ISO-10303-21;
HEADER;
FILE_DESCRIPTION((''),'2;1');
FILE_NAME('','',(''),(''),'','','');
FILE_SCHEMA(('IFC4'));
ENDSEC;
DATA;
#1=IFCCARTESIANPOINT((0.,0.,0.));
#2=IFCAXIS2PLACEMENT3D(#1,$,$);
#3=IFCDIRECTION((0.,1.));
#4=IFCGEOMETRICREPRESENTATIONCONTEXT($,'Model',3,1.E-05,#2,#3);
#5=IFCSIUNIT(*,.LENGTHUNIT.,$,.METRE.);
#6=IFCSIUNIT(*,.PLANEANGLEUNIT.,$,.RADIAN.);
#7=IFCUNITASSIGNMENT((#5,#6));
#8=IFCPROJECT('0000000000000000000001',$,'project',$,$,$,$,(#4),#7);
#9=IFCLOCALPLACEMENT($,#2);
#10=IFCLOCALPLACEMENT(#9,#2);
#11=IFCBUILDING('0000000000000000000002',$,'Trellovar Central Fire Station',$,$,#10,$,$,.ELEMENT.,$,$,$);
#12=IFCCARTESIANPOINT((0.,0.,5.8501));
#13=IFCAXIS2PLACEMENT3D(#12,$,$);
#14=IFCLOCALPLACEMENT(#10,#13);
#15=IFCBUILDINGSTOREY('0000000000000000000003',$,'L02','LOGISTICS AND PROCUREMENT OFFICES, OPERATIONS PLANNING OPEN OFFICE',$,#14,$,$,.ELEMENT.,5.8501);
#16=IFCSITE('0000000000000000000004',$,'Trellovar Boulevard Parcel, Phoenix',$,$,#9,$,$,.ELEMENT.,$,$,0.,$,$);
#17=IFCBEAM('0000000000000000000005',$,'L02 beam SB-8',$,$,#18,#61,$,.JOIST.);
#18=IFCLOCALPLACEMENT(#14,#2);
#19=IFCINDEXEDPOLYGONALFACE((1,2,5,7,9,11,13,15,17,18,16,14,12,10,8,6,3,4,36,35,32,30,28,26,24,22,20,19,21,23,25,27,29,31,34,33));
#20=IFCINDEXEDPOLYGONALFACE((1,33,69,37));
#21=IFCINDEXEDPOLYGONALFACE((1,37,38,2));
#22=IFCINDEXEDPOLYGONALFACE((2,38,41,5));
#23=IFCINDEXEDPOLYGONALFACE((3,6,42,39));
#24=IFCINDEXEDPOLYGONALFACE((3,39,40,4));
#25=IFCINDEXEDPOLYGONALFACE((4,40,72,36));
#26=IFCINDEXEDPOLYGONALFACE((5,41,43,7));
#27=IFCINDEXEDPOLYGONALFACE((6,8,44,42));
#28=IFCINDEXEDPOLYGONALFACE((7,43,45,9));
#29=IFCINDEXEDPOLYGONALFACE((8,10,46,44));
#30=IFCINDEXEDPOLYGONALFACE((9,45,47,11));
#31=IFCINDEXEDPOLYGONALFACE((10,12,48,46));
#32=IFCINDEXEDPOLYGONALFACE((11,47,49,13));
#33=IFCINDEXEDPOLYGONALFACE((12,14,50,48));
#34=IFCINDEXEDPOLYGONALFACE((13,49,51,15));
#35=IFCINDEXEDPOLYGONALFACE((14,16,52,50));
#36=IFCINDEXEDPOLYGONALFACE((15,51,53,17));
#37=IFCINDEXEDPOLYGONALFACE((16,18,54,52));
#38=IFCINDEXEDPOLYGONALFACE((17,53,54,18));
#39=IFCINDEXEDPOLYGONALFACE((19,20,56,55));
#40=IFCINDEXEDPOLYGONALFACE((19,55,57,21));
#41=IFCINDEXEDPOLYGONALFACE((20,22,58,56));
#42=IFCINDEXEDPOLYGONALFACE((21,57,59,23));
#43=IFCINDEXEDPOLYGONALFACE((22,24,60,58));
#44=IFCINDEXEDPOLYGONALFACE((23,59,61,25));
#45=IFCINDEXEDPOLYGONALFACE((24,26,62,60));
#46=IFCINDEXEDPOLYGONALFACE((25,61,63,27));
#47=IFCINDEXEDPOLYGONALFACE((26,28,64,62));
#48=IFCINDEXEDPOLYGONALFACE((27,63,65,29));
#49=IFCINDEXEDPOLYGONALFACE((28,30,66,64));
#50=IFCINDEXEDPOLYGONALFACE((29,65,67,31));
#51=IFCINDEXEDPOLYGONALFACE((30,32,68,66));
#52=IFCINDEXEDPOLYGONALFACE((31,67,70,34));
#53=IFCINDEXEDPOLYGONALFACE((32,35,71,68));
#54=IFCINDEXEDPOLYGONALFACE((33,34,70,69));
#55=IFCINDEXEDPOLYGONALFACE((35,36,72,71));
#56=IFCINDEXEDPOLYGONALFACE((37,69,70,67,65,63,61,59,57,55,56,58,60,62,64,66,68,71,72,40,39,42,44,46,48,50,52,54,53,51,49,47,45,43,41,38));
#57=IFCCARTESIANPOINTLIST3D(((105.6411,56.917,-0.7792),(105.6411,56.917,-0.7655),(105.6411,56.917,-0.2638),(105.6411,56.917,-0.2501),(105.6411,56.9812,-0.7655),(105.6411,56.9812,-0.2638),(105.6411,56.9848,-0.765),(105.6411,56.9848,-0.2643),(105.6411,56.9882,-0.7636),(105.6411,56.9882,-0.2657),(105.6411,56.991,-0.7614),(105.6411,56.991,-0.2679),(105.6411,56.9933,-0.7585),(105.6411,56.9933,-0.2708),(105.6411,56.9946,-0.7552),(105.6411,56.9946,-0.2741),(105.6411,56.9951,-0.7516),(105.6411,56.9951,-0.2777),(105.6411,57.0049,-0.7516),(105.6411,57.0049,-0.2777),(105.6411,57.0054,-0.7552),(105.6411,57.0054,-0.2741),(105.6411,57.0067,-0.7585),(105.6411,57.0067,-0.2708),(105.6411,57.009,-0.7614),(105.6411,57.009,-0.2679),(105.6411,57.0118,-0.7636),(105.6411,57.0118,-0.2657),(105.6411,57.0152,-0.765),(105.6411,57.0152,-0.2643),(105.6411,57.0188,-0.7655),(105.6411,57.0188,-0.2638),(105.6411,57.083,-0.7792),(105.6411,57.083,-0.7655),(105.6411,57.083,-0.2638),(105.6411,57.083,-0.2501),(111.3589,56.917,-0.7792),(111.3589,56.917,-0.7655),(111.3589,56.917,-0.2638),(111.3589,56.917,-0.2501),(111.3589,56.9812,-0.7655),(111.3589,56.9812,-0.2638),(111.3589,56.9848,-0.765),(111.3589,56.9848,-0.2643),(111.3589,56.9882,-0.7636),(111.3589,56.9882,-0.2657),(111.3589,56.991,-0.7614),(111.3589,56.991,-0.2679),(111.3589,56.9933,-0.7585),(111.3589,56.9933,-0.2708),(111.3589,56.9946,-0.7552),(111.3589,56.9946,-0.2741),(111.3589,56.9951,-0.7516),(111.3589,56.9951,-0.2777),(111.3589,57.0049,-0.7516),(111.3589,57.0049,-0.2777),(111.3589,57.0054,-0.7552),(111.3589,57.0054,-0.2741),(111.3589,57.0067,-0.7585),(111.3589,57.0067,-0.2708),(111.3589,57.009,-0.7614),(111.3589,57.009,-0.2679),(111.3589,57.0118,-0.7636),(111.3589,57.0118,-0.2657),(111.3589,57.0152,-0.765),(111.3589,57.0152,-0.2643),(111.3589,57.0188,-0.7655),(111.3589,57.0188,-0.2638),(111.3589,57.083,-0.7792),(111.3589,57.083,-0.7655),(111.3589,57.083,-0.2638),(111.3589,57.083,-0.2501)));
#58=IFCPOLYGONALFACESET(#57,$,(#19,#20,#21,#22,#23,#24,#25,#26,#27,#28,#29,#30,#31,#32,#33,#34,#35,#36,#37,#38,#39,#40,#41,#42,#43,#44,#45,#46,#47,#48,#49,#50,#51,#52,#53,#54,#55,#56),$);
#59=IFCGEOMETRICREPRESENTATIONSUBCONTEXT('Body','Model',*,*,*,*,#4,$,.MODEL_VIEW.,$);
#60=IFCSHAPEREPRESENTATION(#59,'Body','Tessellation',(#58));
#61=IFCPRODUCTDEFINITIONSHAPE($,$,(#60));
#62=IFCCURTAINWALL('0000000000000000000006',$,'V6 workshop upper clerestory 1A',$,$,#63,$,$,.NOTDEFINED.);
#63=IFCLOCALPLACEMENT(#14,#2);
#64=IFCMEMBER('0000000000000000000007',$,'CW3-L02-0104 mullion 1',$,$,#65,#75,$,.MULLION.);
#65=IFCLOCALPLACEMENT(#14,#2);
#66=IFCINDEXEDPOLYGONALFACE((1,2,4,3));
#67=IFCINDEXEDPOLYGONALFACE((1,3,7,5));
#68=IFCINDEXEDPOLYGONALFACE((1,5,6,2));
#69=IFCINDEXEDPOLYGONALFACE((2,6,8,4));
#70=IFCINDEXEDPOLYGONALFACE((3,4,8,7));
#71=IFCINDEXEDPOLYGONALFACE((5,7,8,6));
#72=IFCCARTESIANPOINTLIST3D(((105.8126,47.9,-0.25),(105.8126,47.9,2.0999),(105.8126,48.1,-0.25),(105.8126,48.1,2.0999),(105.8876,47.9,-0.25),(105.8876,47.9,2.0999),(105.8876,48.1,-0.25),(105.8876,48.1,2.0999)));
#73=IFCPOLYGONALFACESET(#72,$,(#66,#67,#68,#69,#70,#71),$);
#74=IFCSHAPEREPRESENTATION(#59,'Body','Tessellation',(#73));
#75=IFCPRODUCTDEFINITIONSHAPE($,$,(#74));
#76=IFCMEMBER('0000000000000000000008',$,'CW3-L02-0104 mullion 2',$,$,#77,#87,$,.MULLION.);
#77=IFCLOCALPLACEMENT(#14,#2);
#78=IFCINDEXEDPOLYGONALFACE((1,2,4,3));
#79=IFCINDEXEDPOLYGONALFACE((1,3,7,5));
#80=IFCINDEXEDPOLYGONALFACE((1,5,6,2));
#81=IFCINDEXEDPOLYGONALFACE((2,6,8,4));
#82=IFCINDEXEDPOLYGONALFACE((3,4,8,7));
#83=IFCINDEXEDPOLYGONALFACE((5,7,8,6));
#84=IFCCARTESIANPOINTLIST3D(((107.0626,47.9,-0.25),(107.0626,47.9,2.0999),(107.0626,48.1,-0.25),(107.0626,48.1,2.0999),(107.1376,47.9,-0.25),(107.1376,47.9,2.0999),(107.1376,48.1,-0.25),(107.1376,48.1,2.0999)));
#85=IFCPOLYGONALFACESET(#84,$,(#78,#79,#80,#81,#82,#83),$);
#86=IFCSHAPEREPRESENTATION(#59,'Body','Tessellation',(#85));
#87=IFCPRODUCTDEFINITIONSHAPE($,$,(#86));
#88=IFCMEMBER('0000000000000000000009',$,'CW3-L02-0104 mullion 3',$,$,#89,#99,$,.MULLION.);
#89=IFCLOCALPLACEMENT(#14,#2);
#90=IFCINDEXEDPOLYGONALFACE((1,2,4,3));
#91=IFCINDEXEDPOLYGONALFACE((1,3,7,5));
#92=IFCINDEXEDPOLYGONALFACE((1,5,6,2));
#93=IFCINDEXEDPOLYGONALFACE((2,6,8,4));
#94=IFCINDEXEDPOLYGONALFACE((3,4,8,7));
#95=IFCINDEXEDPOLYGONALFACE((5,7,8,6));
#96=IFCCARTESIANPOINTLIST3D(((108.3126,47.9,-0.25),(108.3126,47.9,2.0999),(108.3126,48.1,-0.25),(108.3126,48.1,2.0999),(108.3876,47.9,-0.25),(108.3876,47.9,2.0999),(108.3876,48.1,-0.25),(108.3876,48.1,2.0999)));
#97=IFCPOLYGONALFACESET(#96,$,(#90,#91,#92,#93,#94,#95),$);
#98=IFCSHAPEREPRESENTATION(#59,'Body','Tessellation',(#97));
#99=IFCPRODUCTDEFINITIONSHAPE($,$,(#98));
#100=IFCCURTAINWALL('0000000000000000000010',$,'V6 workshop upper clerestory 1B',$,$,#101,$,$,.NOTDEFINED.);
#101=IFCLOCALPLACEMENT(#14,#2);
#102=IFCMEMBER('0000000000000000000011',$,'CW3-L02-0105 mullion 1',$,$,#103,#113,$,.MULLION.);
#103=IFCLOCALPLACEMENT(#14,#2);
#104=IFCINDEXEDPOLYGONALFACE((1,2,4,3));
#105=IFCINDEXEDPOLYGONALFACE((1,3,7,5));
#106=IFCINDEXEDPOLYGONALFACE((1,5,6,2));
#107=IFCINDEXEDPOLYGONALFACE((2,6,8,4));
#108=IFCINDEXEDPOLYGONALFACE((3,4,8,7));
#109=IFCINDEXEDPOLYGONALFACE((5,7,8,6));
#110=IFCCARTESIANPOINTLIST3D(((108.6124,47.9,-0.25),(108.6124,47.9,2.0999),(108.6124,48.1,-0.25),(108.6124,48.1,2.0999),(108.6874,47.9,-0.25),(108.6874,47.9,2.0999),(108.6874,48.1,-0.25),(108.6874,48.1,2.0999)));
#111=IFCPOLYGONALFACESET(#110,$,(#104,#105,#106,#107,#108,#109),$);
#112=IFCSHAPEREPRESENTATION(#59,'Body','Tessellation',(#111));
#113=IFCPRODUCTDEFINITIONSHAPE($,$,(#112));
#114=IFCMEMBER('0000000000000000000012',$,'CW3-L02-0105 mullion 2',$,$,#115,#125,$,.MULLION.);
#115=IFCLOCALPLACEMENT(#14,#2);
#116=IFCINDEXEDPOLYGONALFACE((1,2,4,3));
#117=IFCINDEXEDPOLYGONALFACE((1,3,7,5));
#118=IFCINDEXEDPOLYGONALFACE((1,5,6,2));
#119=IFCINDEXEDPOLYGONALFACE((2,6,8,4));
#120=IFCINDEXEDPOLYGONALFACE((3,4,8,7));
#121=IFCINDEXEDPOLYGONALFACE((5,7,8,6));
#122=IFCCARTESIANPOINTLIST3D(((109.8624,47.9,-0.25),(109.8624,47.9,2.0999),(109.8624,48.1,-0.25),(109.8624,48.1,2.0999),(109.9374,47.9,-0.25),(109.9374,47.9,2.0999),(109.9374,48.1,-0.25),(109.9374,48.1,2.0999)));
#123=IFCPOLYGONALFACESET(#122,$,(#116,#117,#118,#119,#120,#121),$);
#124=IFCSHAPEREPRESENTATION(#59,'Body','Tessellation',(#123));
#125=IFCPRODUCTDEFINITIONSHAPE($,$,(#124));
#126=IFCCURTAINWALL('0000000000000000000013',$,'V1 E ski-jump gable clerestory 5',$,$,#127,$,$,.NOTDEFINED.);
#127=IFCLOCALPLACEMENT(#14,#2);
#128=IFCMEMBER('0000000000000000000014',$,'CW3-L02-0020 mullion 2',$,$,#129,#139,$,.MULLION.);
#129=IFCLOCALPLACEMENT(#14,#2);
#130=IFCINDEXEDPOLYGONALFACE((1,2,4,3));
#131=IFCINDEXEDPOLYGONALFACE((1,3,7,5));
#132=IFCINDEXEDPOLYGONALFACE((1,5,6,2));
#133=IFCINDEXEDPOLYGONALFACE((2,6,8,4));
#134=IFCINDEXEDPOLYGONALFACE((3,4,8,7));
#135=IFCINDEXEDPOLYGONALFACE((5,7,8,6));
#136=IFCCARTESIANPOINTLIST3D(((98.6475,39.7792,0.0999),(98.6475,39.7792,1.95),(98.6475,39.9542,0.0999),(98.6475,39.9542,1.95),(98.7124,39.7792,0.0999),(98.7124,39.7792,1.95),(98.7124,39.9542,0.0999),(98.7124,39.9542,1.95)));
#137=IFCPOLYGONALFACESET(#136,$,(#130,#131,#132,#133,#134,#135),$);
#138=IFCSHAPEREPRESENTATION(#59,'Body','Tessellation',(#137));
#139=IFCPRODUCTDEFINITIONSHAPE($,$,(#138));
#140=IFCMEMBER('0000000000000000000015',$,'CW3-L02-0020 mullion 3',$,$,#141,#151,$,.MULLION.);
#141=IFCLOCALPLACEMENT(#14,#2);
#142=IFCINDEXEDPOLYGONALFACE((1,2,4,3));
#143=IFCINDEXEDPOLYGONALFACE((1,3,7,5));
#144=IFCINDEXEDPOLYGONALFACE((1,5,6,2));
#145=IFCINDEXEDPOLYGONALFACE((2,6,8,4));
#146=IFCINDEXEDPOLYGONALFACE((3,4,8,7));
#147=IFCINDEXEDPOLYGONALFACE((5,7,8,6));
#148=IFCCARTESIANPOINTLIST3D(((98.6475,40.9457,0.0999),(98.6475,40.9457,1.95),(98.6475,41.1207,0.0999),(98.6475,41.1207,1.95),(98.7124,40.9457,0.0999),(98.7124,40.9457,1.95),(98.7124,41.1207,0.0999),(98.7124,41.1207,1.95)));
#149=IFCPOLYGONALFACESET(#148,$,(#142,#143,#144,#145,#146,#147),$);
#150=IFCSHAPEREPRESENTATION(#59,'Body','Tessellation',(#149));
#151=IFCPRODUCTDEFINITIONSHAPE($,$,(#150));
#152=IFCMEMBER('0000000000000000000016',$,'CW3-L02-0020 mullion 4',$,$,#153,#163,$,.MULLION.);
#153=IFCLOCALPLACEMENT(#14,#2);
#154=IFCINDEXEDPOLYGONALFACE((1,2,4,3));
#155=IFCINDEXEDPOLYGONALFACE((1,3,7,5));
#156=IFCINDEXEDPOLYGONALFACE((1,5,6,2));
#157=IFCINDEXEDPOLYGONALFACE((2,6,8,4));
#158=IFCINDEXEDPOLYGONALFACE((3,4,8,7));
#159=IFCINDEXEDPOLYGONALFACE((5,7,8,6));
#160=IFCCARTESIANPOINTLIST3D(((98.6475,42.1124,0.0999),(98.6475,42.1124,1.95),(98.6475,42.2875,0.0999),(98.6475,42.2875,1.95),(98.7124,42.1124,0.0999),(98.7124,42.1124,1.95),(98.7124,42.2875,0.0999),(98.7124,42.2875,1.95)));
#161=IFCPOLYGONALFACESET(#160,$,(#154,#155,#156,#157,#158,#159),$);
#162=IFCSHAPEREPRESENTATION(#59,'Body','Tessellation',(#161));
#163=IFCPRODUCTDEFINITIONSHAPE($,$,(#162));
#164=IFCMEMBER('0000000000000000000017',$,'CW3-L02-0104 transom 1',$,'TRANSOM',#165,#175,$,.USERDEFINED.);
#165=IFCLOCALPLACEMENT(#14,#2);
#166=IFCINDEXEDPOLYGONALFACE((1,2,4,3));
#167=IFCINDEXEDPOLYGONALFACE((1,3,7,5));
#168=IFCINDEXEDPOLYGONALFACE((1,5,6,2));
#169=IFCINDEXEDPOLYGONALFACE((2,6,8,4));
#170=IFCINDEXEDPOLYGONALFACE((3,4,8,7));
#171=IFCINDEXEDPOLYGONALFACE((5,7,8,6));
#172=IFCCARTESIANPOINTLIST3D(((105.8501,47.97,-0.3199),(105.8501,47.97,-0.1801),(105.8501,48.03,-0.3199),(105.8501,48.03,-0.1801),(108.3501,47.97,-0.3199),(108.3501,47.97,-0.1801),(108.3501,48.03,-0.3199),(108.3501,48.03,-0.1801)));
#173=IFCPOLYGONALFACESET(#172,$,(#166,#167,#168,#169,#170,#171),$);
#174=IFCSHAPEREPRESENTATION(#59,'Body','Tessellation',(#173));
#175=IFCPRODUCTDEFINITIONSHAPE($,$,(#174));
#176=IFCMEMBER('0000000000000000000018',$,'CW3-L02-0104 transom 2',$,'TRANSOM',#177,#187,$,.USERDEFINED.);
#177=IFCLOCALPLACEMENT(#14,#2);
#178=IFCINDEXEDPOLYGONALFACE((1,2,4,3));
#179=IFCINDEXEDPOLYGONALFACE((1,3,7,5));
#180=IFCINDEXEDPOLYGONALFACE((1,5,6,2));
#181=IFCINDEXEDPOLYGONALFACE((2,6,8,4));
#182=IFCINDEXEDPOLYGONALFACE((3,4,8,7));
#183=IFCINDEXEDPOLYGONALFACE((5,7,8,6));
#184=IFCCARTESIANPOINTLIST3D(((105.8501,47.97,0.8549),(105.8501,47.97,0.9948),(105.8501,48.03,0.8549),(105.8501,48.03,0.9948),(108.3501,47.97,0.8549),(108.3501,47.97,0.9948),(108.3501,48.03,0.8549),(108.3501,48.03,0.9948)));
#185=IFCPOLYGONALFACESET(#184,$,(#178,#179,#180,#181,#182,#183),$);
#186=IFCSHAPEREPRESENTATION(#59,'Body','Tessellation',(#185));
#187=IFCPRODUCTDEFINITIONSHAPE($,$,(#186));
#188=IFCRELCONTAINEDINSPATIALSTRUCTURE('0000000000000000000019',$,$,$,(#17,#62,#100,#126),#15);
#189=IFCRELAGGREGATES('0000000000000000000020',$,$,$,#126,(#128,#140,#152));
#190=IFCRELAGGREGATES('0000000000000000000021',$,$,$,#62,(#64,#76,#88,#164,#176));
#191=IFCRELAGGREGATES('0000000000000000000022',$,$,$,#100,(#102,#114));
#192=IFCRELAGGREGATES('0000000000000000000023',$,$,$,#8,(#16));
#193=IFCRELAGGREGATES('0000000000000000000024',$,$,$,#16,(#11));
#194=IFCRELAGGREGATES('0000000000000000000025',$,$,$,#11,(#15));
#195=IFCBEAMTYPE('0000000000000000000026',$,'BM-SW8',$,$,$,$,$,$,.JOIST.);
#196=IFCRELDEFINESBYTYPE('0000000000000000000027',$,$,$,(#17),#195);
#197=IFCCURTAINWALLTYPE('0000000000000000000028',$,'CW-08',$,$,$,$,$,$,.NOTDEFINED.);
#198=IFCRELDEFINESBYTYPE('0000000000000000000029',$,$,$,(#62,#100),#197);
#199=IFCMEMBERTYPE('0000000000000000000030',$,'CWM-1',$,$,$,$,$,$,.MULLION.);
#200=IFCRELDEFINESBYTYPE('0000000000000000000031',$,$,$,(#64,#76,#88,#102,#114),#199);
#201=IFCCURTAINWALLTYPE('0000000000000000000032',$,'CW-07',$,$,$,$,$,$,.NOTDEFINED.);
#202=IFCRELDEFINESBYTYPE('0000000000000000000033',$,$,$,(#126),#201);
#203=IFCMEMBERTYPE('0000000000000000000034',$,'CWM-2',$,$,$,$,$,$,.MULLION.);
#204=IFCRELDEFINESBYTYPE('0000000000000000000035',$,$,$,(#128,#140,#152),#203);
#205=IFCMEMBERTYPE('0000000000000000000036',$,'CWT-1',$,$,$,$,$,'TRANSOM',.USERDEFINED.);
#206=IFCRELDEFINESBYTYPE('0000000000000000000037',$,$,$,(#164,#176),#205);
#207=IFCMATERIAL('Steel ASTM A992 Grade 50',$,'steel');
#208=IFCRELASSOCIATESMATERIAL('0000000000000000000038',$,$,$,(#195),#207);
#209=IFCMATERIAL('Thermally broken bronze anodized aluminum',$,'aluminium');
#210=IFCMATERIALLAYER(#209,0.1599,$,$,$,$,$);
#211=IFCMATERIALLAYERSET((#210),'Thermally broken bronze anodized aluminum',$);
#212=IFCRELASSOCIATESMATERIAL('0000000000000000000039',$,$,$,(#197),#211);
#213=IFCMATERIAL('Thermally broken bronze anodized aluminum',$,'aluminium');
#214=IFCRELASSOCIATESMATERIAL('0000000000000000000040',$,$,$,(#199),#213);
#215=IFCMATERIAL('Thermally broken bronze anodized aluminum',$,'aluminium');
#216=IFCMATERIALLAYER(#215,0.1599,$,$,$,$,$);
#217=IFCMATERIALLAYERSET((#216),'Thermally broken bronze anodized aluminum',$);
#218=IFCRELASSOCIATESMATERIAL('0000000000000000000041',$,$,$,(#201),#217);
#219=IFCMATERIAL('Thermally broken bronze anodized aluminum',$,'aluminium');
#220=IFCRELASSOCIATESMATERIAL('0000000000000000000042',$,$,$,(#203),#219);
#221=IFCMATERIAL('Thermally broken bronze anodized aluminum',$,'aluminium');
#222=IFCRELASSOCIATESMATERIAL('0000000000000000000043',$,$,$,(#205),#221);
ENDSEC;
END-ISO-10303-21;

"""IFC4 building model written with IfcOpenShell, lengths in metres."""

from ifc_helpers import new_model, si_unit, direction, frame, origin, origin_2d, place, context, subcontext, project, spatial, rectangle, i_section, extrude, material, layer, layer_set, material_profile, profile_set, type_object, element, aggregate, save


model = new_model("IFC4")

# Units and contexts
model_context = context("Model", 3, precision=1e-05, world=origin(), true_north=direction((0.0, 1.0)))
body_context = subcontext(model_context, "Body", "Model", "MODEL_VIEW")
ifc_project = project(units=[si_unit("LENGTHUNIT", "METRE"), si_unit("PLANEANGLEUNIT", "RADIAN")], contexts=[model_context])

# Site, building, storey
site_placement = place(None, origin())
site = spatial("IfcSite", under=ifc_project, at=site_placement, Name="Trellovar Boulevard Parcel, Phoenix", CompositionType="ELEMENT", RefElevation=0.0)
building_placement = place(site_placement, origin())
building = spatial("IfcBuilding", under=site, at=building_placement, Name="Trellovar Central Fire Station", CompositionType="ELEMENT")
storey_placement = place(building_placement, frame((0.0, 0.0, 5.8501)))
storey = spatial("IfcBuildingStorey", under=building, at=storey_placement, Name="L02", Description="LOGISTICS AND PROCUREMENT OFFICES, OPERATIONS PLANNING OPEN OFFICE", CompositionType="ELEMENT", Elevation=5.8501)

# Beam
ifc_material_1 = material(Name="Steel ASTM A992 Grade 50", Category="steel")
ifc_material_profile_1 = material_profile(ifc_material_1, i_section(OverallWidth=0.166, OverallDepth=0.5291, WebThickness=0.0098, FlangeThickness=0.0137, FilletRadius=0.0139, at=origin_2d()), Name="W21X50")
ifc_profile_set_1 = profile_set([ifc_material_profile_1], Name="Steel ASTM A992 Grade 50")
beam_type_1 = type_object("IfcBeamType", Name="BM-SW8", PredefinedType="JOIST", material=ifc_profile_set_1)
for number, where, z_axis, x_axis, name in (
    (1, (105.6411, 57.0, -0.5146), (1.0, 0.0, 0.0), (0.0, 1.0, 0.0), "L02 beam SB-8"),
):
    element("IfcBeam", number, at=place(storey_placement, frame(where, z_axis=z_axis, x_axis=x_axis)), inside=storey, type_object=beam_type_1, Name=name, PredefinedType="JOIST", context=body_context, shape_type="SweptSolid", body=[
        extrude(i_section(OverallWidth=0.166, OverallDepth=0.5291, WebThickness=0.0098, FlangeThickness=0.0137, FilletRadius=0.0139, at=origin_2d()), origin(), (0.0, 0.0, 1.0), 5.7178),
    ])

# Curtain walls, members
ifc_material_2 = material(Name="Thermally broken bronze anodized aluminum", Category="aluminium")
ifc_layer_1 = layer(ifc_material_2, 0.1599)
ifc_layer_set_1 = layer_set([ifc_layer_1], Name="Thermally broken bronze anodized aluminum")
curtain_wall_type_1 = type_object("IfcCurtainWallType", Name="CW-08", PredefinedType="NOTDEFINED", material=ifc_layer_set_1)
curtain_wall_1_placement = place(storey_placement, origin())
curtain_wall_1 = element("IfcCurtainWall", 2, at=curtain_wall_1_placement, inside=storey, type_object=curtain_wall_type_1, Name="V6 workshop upper clerestory 1A", PredefinedType="NOTDEFINED")
ifc_material_3 = material(Name="Thermally broken bronze anodized aluminum", Category="aluminium")
ifc_material_profile_2 = material_profile(ifc_material_3, rectangle(XDim=0.075, YDim=0.2, at=origin_2d()), Name="ALU75X200")
ifc_profile_set_2 = profile_set([ifc_material_profile_2], Name="Thermally broken bronze anodized aluminum")
member_type_1 = type_object("IfcMemberType", Name="CWM-1", PredefinedType="MULLION", material=ifc_profile_set_2)
member_1_placement = place(storey_placement, frame((105.8501, 48.0, -0.25), z_axis=(0.0, 0.0, 1.0), x_axis=(1.0, 0.0, 0.0)))
member_1 = element("IfcMember", 3, at=member_1_placement, type_object=member_type_1, Name="CW3-L02-0104 mullion 1", PredefinedType="MULLION", context=body_context, shape_type="SweptSolid", body=[
    extrude(rectangle(XDim=0.075, YDim=0.2, at=origin_2d()), origin(), (0.0, 0.0, 1.0), 2.3499),
])
member_2_placement = place(storey_placement, frame((107.1001, 48.0, -0.25), z_axis=(0.0, 0.0, 1.0), x_axis=(1.0, 0.0, 0.0)))
member_2 = element("IfcMember", 4, at=member_2_placement, type_object=member_type_1, Name="CW3-L02-0104 mullion 2", PredefinedType="MULLION", context=body_context, shape_type="SweptSolid", body=[
    extrude(rectangle(XDim=0.075, YDim=0.2, at=origin_2d()), origin(), (0.0, 0.0, 1.0), 2.3499),
])
member_3_placement = place(storey_placement, frame((108.3501, 48.0, -0.25), z_axis=(0.0, 0.0, 1.0), x_axis=(1.0, 0.0, 0.0)))
member_3 = element("IfcMember", 5, at=member_3_placement, type_object=member_type_1, Name="CW3-L02-0104 mullion 3", PredefinedType="MULLION", context=body_context, shape_type="SweptSolid", body=[
    extrude(rectangle(XDim=0.075, YDim=0.2, at=origin_2d()), origin(), (0.0, 0.0, 1.0), 2.3499),
])
curtain_wall_2_placement = place(storey_placement, origin())
curtain_wall_2 = element("IfcCurtainWall", 6, at=curtain_wall_2_placement, inside=storey, type_object=curtain_wall_type_1, Name="V6 workshop upper clerestory 1B", PredefinedType="NOTDEFINED")
member_4_placement = place(storey_placement, frame((108.6499, 48.0, -0.25), z_axis=(0.0, 0.0, 1.0), x_axis=(1.0, 0.0, 0.0)))
member_4 = element("IfcMember", 7, at=member_4_placement, type_object=member_type_1, Name="CW3-L02-0105 mullion 1", PredefinedType="MULLION", context=body_context, shape_type="SweptSolid", body=[
    extrude(rectangle(XDim=0.075, YDim=0.2, at=origin_2d()), origin(), (0.0, 0.0, 1.0), 2.3499),
])
member_5_placement = place(storey_placement, frame((109.8999, 48.0, -0.25), z_axis=(0.0, 0.0, 1.0), x_axis=(1.0, 0.0, 0.0)))
member_5 = element("IfcMember", 8, at=member_5_placement, type_object=member_type_1, Name="CW3-L02-0105 mullion 2", PredefinedType="MULLION", context=body_context, shape_type="SweptSolid", body=[
    extrude(rectangle(XDim=0.075, YDim=0.2, at=origin_2d()), origin(), (0.0, 0.0, 1.0), 2.3499),
])
ifc_material_4 = material(Name="Thermally broken bronze anodized aluminum", Category="aluminium")
ifc_layer_2 = layer(ifc_material_4, 0.1599)
ifc_layer_set_2 = layer_set([ifc_layer_2], Name="Thermally broken bronze anodized aluminum")
curtain_wall_type_2 = type_object("IfcCurtainWallType", Name="CW-07", PredefinedType="NOTDEFINED", material=ifc_layer_set_2)
curtain_wall_3_placement = place(storey_placement, origin())
curtain_wall_3 = element("IfcCurtainWall", 9, at=curtain_wall_3_placement, inside=storey, type_object=curtain_wall_type_2, Name="V1 E ski-jump gable clerestory 5", PredefinedType="NOTDEFINED")
ifc_material_5 = material(Name="Thermally broken bronze anodized aluminum", Category="aluminium")
ifc_material_profile_3 = material_profile(ifc_material_5, rectangle(XDim=0.0649, YDim=0.175, at=origin_2d()), Name="ALU65X175")
ifc_profile_set_3 = profile_set([ifc_material_profile_3], Name="Thermally broken bronze anodized aluminum")
member_type_2 = type_object("IfcMemberType", Name="CWM-2", PredefinedType="MULLION", material=ifc_profile_set_3)
member_6_placement = place(storey_placement, frame((98.6799, 39.8667, 0.0999), z_axis=(0.0, 0.0, 1.0), x_axis=(1.0, 0.0, 0.0)))
member_6 = element("IfcMember", 10, at=member_6_placement, type_object=member_type_2, Name="CW3-L02-0020 mullion 2", PredefinedType="MULLION", context=body_context, shape_type="SweptSolid", body=[
    extrude(rectangle(XDim=0.0649, YDim=0.175, at=origin_2d()), origin(), (0.0, 0.0, 1.0), 1.8501),
])
member_7_placement = place(storey_placement, frame((98.6799, 41.0332, 0.0999), z_axis=(0.0, 0.0, 1.0), x_axis=(1.0, 0.0, 0.0)))
member_7 = element("IfcMember", 11, at=member_7_placement, type_object=member_type_2, Name="CW3-L02-0020 mullion 3", PredefinedType="MULLION", context=body_context, shape_type="SweptSolid", body=[
    extrude(rectangle(XDim=0.0649, YDim=0.175, at=origin_2d()), origin(), (0.0, 0.0, 1.0), 1.8501),
])
member_8_placement = place(storey_placement, frame((98.6799, 42.2, 0.0999), z_axis=(0.0, 0.0, 1.0), x_axis=(1.0, 0.0, 0.0)))
member_8 = element("IfcMember", 12, at=member_8_placement, type_object=member_type_2, Name="CW3-L02-0020 mullion 4", PredefinedType="MULLION", context=body_context, shape_type="SweptSolid", body=[
    extrude(rectangle(XDim=0.0649, YDim=0.175, at=origin_2d()), origin(), (0.0, 0.0, 1.0), 1.8501),
])

# Members
ifc_material_6 = material(Name="Thermally broken bronze anodized aluminum", Category="aluminium")
ifc_material_profile_4 = material_profile(ifc_material_6, rectangle(XDim=0.0601, YDim=0.1399, at=origin_2d()), Name="ALU60X140")
ifc_profile_set_4 = profile_set([ifc_material_profile_4], Name="Thermally broken bronze anodized aluminum")
member_type_3 = type_object("IfcMemberType", Name="CWT-1", ElementType="TRANSOM", PredefinedType="USERDEFINED", material=ifc_profile_set_4)
member_9_placement = place(storey_placement, frame((105.8501, 48.0, -0.25), z_axis=(1.0, 0.0, 0.0), x_axis=(0.0, 1.0, 0.0)))
member_9 = element("IfcMember", 13, at=member_9_placement, type_object=member_type_3, Name="CW3-L02-0104 transom 1", ObjectType="TRANSOM", PredefinedType="USERDEFINED", context=body_context, shape_type="SweptSolid", body=[
    extrude(rectangle(XDim=0.0601, YDim=0.1399, at=origin_2d()), origin(), (0.0, 0.0, 1.0), 2.5),
])
member_10_placement = place(storey_placement, frame((105.8501, 48.0, 0.9248), z_axis=(1.0, 0.0, 0.0), x_axis=(0.0, 1.0, 0.0)))
member_10 = element("IfcMember", 14, at=member_10_placement, type_object=member_type_3, Name="CW3-L02-0104 transom 2", ObjectType="TRANSOM", PredefinedType="USERDEFINED", context=body_context, shape_type="SweptSolid", body=[
    extrude(rectangle(XDim=0.0601, YDim=0.1399, at=origin_2d()), origin(), (0.0, 0.0, 1.0), 2.5),
])

aggregate(curtain_wall_3, [member_6, member_7, member_8])
aggregate(curtain_wall_1, [member_1, member_2, member_3, member_9, member_10])
aggregate(curtain_wall_2, [member_4, member_5])

save(model, "model.ifc")
